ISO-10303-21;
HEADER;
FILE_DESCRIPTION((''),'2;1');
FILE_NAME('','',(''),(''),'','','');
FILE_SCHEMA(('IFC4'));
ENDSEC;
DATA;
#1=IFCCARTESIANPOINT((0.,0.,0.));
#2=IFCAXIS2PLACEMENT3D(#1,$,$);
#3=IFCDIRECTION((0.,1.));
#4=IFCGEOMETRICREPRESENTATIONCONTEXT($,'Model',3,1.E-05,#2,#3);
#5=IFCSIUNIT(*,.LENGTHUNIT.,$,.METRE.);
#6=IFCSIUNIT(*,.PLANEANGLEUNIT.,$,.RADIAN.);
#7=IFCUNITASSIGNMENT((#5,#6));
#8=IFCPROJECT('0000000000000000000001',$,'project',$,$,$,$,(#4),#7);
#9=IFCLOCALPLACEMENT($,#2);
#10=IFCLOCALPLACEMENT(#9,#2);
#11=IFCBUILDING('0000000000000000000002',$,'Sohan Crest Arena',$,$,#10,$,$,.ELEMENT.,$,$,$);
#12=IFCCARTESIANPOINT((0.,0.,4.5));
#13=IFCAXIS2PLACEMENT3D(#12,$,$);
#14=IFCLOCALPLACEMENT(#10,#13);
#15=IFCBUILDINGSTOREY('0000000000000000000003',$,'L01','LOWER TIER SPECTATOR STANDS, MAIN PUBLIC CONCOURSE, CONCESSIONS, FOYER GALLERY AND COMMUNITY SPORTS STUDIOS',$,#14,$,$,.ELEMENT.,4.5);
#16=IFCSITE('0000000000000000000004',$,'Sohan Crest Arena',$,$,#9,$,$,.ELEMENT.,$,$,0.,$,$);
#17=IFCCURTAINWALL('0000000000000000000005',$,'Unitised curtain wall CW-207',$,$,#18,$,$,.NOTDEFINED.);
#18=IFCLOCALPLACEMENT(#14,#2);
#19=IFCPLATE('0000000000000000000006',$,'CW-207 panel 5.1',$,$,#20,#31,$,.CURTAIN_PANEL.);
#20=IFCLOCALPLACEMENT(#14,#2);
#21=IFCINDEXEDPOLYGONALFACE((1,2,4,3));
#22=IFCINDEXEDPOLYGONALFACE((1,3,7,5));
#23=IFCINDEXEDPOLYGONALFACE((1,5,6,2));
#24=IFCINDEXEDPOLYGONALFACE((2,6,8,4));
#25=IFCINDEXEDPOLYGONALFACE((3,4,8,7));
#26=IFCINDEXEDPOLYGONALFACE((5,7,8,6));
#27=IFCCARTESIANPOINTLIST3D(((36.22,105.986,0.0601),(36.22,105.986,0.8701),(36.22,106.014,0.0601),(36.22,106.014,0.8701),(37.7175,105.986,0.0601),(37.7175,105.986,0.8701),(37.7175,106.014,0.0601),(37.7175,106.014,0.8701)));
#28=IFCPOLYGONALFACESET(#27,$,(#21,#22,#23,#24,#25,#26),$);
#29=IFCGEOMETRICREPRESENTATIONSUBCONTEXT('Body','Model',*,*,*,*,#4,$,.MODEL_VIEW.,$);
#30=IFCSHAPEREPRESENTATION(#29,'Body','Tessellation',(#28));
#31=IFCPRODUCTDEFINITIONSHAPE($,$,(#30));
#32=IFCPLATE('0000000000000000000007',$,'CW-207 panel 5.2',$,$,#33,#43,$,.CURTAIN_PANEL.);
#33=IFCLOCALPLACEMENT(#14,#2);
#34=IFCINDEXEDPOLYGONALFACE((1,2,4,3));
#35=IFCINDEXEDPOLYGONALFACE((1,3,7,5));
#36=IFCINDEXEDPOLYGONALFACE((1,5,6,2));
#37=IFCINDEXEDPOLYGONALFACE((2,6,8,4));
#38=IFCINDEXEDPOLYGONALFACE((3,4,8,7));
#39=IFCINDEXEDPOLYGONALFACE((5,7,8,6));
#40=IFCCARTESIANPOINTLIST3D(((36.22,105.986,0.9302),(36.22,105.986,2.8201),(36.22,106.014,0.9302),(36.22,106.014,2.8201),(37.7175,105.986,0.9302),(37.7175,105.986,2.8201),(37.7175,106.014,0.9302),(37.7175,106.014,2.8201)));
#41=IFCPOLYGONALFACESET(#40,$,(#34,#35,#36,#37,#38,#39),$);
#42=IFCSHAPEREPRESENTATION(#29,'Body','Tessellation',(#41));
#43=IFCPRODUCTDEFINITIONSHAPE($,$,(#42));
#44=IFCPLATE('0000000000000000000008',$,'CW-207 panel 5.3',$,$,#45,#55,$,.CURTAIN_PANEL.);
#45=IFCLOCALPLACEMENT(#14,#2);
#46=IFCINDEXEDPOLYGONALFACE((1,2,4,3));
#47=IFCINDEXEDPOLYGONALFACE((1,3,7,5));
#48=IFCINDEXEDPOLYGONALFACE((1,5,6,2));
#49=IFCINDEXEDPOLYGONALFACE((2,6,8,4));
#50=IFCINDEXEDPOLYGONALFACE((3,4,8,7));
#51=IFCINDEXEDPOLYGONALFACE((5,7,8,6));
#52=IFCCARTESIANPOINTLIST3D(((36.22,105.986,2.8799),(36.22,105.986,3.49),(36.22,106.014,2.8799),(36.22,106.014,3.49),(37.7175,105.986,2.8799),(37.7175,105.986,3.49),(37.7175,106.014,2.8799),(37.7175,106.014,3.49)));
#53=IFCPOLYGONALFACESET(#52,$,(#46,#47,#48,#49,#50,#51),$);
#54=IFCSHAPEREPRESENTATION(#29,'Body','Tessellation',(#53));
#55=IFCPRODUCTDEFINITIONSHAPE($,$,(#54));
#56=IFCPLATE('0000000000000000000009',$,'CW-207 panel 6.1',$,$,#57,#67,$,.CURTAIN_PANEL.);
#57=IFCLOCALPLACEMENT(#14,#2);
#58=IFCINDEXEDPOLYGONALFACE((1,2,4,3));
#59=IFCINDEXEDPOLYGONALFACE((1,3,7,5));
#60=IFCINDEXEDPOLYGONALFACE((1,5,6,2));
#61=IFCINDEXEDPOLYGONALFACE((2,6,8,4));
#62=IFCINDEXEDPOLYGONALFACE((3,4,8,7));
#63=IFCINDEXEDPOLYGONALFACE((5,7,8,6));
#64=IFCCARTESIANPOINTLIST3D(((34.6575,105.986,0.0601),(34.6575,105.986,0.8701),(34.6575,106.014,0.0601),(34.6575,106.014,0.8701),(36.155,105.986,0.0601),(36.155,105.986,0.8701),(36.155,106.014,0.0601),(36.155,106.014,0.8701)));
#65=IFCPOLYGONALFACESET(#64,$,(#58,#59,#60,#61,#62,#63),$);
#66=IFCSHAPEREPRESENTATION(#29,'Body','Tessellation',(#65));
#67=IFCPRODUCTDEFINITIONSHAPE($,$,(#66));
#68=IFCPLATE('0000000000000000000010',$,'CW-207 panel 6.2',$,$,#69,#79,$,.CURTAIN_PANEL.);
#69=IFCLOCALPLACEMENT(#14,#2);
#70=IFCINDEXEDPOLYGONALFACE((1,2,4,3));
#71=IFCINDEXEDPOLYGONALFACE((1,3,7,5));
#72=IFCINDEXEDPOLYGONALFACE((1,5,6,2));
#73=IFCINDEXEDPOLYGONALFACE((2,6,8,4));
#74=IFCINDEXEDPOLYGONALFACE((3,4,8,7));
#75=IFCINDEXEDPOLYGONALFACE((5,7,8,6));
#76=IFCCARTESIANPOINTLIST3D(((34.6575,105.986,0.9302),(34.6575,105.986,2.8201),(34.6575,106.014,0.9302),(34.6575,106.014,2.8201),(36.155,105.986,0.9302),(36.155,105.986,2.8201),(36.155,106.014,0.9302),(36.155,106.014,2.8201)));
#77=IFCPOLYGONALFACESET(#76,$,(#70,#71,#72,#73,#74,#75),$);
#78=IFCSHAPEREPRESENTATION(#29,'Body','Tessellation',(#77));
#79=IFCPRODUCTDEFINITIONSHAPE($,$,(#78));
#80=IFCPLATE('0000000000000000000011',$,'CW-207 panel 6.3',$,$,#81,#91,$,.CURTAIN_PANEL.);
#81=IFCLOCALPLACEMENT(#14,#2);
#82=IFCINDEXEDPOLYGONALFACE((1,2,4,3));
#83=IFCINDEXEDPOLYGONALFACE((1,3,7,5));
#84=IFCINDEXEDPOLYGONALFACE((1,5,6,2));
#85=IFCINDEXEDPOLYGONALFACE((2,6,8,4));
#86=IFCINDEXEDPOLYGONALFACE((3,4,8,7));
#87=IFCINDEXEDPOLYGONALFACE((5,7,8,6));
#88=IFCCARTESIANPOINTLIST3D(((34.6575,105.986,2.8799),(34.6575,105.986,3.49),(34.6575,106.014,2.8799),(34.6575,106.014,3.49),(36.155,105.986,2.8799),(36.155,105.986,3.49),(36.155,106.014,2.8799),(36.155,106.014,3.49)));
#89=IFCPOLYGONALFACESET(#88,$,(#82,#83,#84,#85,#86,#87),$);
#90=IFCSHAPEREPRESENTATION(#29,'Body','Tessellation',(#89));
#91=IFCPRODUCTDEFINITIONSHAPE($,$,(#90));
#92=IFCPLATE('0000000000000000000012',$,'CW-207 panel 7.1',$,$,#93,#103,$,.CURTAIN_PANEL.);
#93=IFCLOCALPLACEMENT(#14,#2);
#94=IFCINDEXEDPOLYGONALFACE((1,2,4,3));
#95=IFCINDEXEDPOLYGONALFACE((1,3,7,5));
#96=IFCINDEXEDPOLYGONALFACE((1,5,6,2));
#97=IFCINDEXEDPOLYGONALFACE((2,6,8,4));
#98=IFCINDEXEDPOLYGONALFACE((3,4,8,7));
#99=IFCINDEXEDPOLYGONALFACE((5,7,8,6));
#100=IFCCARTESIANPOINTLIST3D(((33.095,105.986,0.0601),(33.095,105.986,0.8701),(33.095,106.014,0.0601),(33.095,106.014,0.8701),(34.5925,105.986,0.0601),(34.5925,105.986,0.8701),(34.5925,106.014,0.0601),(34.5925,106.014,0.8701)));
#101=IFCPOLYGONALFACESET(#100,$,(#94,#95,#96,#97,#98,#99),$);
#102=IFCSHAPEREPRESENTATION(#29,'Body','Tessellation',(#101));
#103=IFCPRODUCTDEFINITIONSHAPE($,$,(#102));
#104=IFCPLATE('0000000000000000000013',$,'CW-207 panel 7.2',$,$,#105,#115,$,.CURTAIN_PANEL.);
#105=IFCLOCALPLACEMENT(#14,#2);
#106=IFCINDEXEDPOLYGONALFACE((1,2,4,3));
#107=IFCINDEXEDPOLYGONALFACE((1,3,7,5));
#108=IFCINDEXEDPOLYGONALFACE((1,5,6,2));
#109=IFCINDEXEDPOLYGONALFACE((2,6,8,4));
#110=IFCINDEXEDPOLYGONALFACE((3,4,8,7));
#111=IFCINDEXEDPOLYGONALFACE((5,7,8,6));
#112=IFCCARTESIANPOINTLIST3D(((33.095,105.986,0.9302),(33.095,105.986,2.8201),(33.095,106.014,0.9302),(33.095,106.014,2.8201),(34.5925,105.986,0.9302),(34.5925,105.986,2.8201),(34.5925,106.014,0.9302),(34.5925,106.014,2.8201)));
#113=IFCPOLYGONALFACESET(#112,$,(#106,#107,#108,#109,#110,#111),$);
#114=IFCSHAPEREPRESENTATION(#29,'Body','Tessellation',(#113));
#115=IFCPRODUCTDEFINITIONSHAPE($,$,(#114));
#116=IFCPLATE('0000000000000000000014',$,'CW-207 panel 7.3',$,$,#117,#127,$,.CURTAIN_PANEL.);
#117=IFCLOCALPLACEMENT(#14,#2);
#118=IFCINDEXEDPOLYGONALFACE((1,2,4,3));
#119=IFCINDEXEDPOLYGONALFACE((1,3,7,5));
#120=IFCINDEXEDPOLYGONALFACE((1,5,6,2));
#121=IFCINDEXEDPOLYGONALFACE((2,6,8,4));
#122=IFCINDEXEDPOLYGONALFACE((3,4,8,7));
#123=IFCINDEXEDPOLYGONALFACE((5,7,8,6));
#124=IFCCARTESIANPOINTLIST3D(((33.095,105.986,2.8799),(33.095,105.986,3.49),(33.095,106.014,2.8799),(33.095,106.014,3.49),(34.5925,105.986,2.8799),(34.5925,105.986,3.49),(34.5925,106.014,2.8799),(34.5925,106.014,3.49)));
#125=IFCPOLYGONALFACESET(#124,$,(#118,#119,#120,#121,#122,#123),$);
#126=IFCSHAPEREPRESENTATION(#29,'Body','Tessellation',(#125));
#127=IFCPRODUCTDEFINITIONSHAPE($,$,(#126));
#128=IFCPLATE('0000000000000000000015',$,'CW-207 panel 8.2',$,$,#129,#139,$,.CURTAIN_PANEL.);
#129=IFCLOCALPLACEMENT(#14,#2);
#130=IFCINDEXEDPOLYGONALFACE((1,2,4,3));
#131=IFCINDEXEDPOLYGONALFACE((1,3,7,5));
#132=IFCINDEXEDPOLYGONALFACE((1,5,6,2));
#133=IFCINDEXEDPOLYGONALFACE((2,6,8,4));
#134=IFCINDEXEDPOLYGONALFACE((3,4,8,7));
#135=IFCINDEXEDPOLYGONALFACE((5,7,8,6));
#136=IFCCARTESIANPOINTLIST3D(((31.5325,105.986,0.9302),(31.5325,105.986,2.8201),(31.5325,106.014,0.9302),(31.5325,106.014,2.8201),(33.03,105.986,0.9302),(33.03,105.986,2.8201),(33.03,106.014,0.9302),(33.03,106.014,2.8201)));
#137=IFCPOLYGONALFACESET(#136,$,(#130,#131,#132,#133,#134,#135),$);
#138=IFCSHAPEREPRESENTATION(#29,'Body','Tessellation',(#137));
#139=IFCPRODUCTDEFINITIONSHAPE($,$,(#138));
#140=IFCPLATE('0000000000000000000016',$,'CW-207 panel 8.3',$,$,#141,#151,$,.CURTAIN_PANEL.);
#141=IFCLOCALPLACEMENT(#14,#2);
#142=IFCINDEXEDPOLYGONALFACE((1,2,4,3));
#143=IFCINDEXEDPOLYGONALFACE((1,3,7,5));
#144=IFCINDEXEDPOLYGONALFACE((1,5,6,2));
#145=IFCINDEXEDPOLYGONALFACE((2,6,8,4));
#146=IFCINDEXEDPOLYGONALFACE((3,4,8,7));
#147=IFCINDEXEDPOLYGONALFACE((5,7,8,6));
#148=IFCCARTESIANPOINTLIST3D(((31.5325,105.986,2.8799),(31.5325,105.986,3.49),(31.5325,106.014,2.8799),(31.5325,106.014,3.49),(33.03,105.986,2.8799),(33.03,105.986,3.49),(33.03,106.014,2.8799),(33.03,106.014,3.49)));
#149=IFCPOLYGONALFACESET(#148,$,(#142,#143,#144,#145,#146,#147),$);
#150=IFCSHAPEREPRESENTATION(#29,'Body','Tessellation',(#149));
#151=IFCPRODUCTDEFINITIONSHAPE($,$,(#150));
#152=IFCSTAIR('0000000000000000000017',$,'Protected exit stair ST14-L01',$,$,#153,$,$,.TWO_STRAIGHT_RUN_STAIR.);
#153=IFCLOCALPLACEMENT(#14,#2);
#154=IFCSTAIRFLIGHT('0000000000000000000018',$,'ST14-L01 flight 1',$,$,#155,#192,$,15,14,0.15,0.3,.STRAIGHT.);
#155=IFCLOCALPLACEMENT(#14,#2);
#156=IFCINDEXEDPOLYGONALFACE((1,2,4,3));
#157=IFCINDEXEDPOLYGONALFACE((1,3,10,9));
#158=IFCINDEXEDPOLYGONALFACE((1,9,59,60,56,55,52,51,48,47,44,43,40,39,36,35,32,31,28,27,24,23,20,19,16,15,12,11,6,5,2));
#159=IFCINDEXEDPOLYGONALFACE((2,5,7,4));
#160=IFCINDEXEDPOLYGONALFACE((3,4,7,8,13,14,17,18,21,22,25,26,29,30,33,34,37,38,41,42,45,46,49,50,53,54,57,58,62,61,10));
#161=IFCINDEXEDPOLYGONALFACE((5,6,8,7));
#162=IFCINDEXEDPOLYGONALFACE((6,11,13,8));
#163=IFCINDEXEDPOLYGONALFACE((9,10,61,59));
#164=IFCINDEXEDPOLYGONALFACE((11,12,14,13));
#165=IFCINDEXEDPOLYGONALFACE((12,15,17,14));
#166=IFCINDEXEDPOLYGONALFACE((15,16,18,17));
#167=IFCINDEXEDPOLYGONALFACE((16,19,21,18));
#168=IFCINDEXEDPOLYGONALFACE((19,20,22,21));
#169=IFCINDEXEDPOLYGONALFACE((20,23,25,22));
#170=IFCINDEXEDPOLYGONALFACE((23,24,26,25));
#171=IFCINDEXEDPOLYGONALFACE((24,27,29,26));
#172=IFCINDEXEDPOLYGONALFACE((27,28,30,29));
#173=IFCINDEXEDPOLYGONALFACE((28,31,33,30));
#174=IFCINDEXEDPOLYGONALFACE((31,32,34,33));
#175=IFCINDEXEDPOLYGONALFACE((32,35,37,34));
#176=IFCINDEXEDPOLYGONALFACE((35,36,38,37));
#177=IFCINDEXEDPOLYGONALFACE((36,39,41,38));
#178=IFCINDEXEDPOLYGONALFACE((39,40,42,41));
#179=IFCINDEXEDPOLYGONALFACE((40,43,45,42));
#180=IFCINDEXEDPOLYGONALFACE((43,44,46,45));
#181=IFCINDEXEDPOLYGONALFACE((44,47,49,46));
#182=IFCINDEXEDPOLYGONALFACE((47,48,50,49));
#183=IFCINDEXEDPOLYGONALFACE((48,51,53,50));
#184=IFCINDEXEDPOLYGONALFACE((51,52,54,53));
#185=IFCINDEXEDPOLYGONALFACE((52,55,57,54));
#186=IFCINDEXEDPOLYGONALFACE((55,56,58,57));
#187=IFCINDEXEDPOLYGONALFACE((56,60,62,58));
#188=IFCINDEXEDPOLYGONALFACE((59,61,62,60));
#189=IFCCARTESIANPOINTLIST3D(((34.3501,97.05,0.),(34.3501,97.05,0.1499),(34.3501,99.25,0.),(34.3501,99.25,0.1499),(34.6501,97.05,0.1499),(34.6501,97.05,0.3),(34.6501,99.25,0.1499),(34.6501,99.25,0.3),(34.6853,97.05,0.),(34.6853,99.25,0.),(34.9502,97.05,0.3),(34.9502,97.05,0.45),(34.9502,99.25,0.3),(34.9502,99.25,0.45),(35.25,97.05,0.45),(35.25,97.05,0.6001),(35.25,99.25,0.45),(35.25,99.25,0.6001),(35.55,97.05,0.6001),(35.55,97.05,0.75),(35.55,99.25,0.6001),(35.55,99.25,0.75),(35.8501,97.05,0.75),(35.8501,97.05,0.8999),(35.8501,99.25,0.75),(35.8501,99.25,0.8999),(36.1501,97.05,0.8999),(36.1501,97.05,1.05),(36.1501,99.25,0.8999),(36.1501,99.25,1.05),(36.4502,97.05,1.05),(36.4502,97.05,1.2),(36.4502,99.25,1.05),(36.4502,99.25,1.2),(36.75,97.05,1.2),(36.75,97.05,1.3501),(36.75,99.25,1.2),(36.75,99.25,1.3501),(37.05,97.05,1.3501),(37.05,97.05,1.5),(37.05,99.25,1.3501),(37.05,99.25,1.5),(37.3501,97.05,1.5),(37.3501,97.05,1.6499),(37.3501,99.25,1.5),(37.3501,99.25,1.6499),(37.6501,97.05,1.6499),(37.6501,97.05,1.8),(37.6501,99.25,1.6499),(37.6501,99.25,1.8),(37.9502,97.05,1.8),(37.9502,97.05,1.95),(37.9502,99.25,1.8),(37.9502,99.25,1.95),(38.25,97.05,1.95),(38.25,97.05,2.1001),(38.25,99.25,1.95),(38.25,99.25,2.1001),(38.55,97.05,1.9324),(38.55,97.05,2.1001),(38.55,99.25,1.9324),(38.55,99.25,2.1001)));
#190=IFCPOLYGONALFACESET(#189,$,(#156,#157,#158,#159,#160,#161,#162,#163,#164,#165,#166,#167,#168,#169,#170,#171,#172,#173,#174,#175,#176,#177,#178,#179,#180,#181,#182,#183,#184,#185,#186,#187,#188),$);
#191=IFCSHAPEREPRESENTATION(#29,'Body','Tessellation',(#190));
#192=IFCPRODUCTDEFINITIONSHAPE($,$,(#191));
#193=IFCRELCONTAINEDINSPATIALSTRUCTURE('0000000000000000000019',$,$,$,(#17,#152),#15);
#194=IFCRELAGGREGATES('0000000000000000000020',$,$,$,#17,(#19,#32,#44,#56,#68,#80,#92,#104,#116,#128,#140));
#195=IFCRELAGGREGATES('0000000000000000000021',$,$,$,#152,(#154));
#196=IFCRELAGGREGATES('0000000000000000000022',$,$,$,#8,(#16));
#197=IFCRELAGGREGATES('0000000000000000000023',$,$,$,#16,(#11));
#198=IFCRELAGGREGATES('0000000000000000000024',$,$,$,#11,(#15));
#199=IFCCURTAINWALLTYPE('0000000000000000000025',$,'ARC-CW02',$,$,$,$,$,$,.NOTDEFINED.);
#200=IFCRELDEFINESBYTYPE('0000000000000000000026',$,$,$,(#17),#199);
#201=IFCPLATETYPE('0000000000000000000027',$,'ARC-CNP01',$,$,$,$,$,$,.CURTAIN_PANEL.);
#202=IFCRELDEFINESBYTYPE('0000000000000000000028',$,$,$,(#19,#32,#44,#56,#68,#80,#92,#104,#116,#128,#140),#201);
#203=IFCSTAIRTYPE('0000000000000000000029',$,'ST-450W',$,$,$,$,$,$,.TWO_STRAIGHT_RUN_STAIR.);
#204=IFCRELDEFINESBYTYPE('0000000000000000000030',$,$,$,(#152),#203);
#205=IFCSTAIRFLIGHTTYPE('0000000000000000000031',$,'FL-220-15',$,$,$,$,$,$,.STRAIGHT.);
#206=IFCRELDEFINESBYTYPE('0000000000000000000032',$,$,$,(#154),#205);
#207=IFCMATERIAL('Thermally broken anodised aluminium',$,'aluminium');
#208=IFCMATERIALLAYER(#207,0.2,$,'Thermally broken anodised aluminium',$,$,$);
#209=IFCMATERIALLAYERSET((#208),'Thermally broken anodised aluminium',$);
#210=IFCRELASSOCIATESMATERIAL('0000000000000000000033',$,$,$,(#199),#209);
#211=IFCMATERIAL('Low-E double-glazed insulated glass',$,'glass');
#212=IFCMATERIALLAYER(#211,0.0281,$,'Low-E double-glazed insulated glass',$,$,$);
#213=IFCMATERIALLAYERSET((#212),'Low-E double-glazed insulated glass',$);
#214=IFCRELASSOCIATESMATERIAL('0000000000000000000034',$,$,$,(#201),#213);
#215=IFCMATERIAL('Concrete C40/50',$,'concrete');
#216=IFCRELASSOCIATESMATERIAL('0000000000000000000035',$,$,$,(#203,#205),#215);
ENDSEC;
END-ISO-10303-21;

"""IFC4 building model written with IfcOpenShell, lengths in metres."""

from ifc_helpers import new_model, si_unit, direction, frame, origin, origin_2d, place, context, subcontext, project, spatial, polyline, rectangle, outline, extrude, material, layer, layer_set, type_object, element, aggregate, save


model = new_model("IFC4")

# Units and contexts
model_context = context("Model", 3, precision=1e-05, world=origin(), true_north=direction((0.0, 1.0)))
body_context = subcontext(model_context, "Body", "Model", "MODEL_VIEW")
ifc_project = project(units=[si_unit("LENGTHUNIT", "METRE"), si_unit("PLANEANGLEUNIT", "RADIAN")], contexts=[model_context])

# Site, building, storey
site_placement = place(None, origin())
site = spatial("IfcSite", under=ifc_project, at=site_placement, Name="Sohan Crest Arena", CompositionType="ELEMENT", RefElevation=0.0)
building_placement = place(site_placement, origin())
building = spatial("IfcBuilding", under=site, at=building_placement, Name="Sohan Crest Arena", CompositionType="ELEMENT")
storey_placement = place(building_placement, frame((0.0, 0.0, 4.5)))
storey = spatial("IfcBuildingStorey", under=building, at=storey_placement, Name="L01", Description="LOWER TIER SPECTATOR STANDS, MAIN PUBLIC CONCOURSE, CONCESSIONS, FOYER GALLERY AND COMMUNITY SPORTS STUDIOS", CompositionType="ELEMENT", Elevation=4.5)

# Shared definitions
ifc_material_1 = material(Name="Concrete C40/50", Category="concrete")

# Curtain wall
ifc_material_2 = material(Name="Thermally broken anodised aluminium", Category="aluminium")
ifc_layer_1 = layer(ifc_material_2, 0.2, Name="Thermally broken anodised aluminium")
ifc_layer_set_1 = layer_set([ifc_layer_1], Name="Thermally broken anodised aluminium")
curtain_wall_type = type_object("IfcCurtainWallType", Name="ARC-CW02", PredefinedType="NOTDEFINED", material=ifc_layer_set_1)
curtain_wall_placement = place(storey_placement, origin())
curtain_wall = element("IfcCurtainWall", 1, at=curtain_wall_placement, inside=storey, type_object=curtain_wall_type, Name="Unitised curtain wall CW-207", PredefinedType="NOTDEFINED")

# Plates
ifc_material_3 = material(Name="Low-E double-glazed insulated glass", Category="glass")
ifc_layer_2 = layer(ifc_material_3, 0.0281, Name="Low-E double-glazed insulated glass")
ifc_layer_set_2 = layer_set([ifc_layer_2], Name="Low-E double-glazed insulated glass")
plate_type = type_object("IfcPlateType", Name="ARC-CNP01", PredefinedType="CURTAIN_PANEL", material=ifc_layer_set_2)
plate_1_placement = place(storey_placement, frame((36.9688, 106.0, 0.0601), z_axis=(0.0, 0.0, 1.0), x_axis=(-1.0, 0.0, 0.0)))
plate_1 = element("IfcPlate", 2, at=plate_1_placement, type_object=plate_type, Name="CW-207 panel 5.1", PredefinedType="CURTAIN_PANEL", context=body_context, shape_type="SweptSolid", body=[
    extrude(rectangle(XDim=1.4976, YDim=0.0281, at=origin_2d()), origin(), (0.0, 0.0, 1.0), 0.8101),
])
plate_2_placement = place(storey_placement, frame((36.9688, 106.0, 0.9302), z_axis=(0.0, 0.0, 1.0), x_axis=(-1.0, 0.0, 0.0)))
plate_2 = element("IfcPlate", 3, at=plate_2_placement, type_object=plate_type, Name="CW-207 panel 5.2", PredefinedType="CURTAIN_PANEL", context=body_context, shape_type="SweptSolid", body=[
    extrude(rectangle(XDim=1.4976, YDim=0.0281, at=origin_2d()), origin(), (0.0, 0.0, 1.0), 1.8899),
])
plate_3_placement = place(storey_placement, frame((36.9688, 106.0, 2.8799), z_axis=(0.0, 0.0, 1.0), x_axis=(-1.0, 0.0, 0.0)))
plate_3 = element("IfcPlate", 4, at=plate_3_placement, type_object=plate_type, Name="CW-207 panel 5.3", PredefinedType="CURTAIN_PANEL", context=body_context, shape_type="SweptSolid", body=[
    extrude(rectangle(XDim=1.4976, YDim=0.0281, at=origin_2d()), origin(), (0.0, 0.0, 1.0), 0.6101),
])
plate_4_placement = place(storey_placement, frame((35.4062, 106.0, 0.0601), z_axis=(0.0, 0.0, 1.0), x_axis=(-1.0, 0.0, 0.0)))
plate_4 = element("IfcPlate", 5, at=plate_4_placement, type_object=plate_type, Name="CW-207 panel 6.1", PredefinedType="CURTAIN_PANEL", context=body_context, shape_type="SweptSolid", body=[
    extrude(rectangle(XDim=1.4976, YDim=0.0281, at=origin_2d()), origin(), (0.0, 0.0, 1.0), 0.8101),
])
plate_5_placement = place(storey_placement, frame((35.4062, 106.0, 0.9302), z_axis=(0.0, 0.0, 1.0), x_axis=(-1.0, 0.0, 0.0)))
plate_5 = element("IfcPlate", 6, at=plate_5_placement, type_object=plate_type, Name="CW-207 panel 6.2", PredefinedType="CURTAIN_PANEL", context=body_context, shape_type="SweptSolid", body=[
    extrude(rectangle(XDim=1.4976, YDim=0.0281, at=origin_2d()), origin(), (0.0, 0.0, 1.0), 1.8899),
])
plate_6_placement = place(storey_placement, frame((35.4062, 106.0, 2.8799), z_axis=(0.0, 0.0, 1.0), x_axis=(-1.0, 0.0, 0.0)))
plate_6 = element("IfcPlate", 7, at=plate_6_placement, type_object=plate_type, Name="CW-207 panel 6.3", PredefinedType="CURTAIN_PANEL", context=body_context, shape_type="SweptSolid", body=[
    extrude(rectangle(XDim=1.4976, YDim=0.0281, at=origin_2d()), origin(), (0.0, 0.0, 1.0), 0.6101),
])
plate_7_placement = place(storey_placement, frame((33.8438, 106.0, 0.0601), z_axis=(0.0, 0.0, 1.0), x_axis=(-1.0, 0.0, 0.0)))
plate_7 = element("IfcPlate", 8, at=plate_7_placement, type_object=plate_type, Name="CW-207 panel 7.1", PredefinedType="CURTAIN_PANEL", context=body_context, shape_type="SweptSolid", body=[
    extrude(rectangle(XDim=1.4976, YDim=0.0281, at=origin_2d()), origin(), (0.0, 0.0, 1.0), 0.8101),
])
plate_8_placement = place(storey_placement, frame((33.8438, 106.0, 0.9302), z_axis=(0.0, 0.0, 1.0), x_axis=(-1.0, 0.0, 0.0)))
plate_8 = element("IfcPlate", 9, at=plate_8_placement, type_object=plate_type, Name="CW-207 panel 7.2", PredefinedType="CURTAIN_PANEL", context=body_context, shape_type="SweptSolid", body=[
    extrude(rectangle(XDim=1.4976, YDim=0.0281, at=origin_2d()), origin(), (0.0, 0.0, 1.0), 1.8899),
])
plate_9_placement = place(storey_placement, frame((33.8438, 106.0, 2.8799), z_axis=(0.0, 0.0, 1.0), x_axis=(-1.0, 0.0, 0.0)))
plate_9 = element("IfcPlate", 10, at=plate_9_placement, type_object=plate_type, Name="CW-207 panel 7.3", PredefinedType="CURTAIN_PANEL", context=body_context, shape_type="SweptSolid", body=[
    extrude(rectangle(XDim=1.4976, YDim=0.0281, at=origin_2d()), origin(), (0.0, 0.0, 1.0), 0.6101),
])
plate_10_placement = place(storey_placement, frame((32.2812, 106.0, 0.9302), z_axis=(0.0, 0.0, 1.0), x_axis=(-1.0, 0.0, 0.0)))
plate_10 = element("IfcPlate", 11, at=plate_10_placement, type_object=plate_type, Name="CW-207 panel 8.2", PredefinedType="CURTAIN_PANEL", context=body_context, shape_type="SweptSolid", body=[
    extrude(rectangle(XDim=1.4976, YDim=0.0281, at=origin_2d()), origin(), (0.0, 0.0, 1.0), 1.8899),
])
plate_11_placement = place(storey_placement, frame((32.2812, 106.0, 2.8799), z_axis=(0.0, 0.0, 1.0), x_axis=(-1.0, 0.0, 0.0)))
plate_11 = element("IfcPlate", 12, at=plate_11_placement, type_object=plate_type, Name="CW-207 panel 8.3", PredefinedType="CURTAIN_PANEL", context=body_context, shape_type="SweptSolid", body=[
    extrude(rectangle(XDim=1.4976, YDim=0.0281, at=origin_2d()), origin(), (0.0, 0.0, 1.0), 0.6101),
])
aggregate(curtain_wall, [plate_1, plate_2, plate_3, plate_4, plate_5, plate_6, plate_7, plate_8, plate_9, plate_10, plate_11])

# Stair, stair flight
stair_type = type_object("IfcStairType", Name="ST-450W", PredefinedType="TWO_STRAIGHT_RUN_STAIR", material=ifc_material_1)
stair_placement = place(storey_placement, origin())
stair = element("IfcStair", 13, at=stair_placement, inside=storey, type_object=stair_type, Name="Protected exit stair ST14-L01", PredefinedType="TWO_STRAIGHT_RUN_STAIR")
stair_flight_type = type_object("IfcStairFlightType", Name="FL-220-15", PredefinedType="STRAIGHT", material=ifc_material_1)
stair_flight_placement = place(storey_placement, frame((34.3501, 98.1499, 0.0), z_axis=(0.0, 0.0, 1.0), x_axis=(1.0, 0.0, 0.0)))
stair_flight = element("IfcStairFlight", 14, at=stair_flight_placement, type_object=stair_flight_type, Name="ST14-L01 flight 1", NumberOfRisers=15, NumberOfTreads=14, PredefinedType="STRAIGHT", RiserHeight=0.15, TreadLength=0.3, context=body_context, shape_type="SweptSolid", body=[
    extrude(outline(polyline([(0.0, 0.0), (0.0, 0.1499), (0.3, 0.1499), (0.3, 0.3), (0.6001, 0.3), (0.6001, 0.45), (0.8999, 0.45), (0.8999, 0.6001), (1.2, 0.6001), (1.2, 0.75), (1.5, 0.75), (1.5, 0.8999), (1.8, 0.8999), (1.8, 1.05), (2.1001, 1.05), (2.1001, 1.2), (2.3999, 1.2), (2.3999, 1.3501), (2.7, 1.3501), (2.7, 1.5), (3.0, 1.5), (3.0, 1.6499), (3.3, 1.6499), (3.3, 1.8), (3.6001, 1.8), (3.6001, 1.95), (3.8999, 1.95), (3.8999, 2.1001), (4.2, 2.1001), (4.2, 2.25), (4.2, 1.9324), (0.3352, 0.0), (0.0, 0.0)])), frame((0.0, 1.1001, 0.0), z_axis=(0.0, -1.0, 0.0), x_axis=(1.0, 0.0, 0.0)), (0.0, 0.0, 1.0), 2.2),
])
aggregate(stair, [stair_flight])

save(model, "model.ifc")
